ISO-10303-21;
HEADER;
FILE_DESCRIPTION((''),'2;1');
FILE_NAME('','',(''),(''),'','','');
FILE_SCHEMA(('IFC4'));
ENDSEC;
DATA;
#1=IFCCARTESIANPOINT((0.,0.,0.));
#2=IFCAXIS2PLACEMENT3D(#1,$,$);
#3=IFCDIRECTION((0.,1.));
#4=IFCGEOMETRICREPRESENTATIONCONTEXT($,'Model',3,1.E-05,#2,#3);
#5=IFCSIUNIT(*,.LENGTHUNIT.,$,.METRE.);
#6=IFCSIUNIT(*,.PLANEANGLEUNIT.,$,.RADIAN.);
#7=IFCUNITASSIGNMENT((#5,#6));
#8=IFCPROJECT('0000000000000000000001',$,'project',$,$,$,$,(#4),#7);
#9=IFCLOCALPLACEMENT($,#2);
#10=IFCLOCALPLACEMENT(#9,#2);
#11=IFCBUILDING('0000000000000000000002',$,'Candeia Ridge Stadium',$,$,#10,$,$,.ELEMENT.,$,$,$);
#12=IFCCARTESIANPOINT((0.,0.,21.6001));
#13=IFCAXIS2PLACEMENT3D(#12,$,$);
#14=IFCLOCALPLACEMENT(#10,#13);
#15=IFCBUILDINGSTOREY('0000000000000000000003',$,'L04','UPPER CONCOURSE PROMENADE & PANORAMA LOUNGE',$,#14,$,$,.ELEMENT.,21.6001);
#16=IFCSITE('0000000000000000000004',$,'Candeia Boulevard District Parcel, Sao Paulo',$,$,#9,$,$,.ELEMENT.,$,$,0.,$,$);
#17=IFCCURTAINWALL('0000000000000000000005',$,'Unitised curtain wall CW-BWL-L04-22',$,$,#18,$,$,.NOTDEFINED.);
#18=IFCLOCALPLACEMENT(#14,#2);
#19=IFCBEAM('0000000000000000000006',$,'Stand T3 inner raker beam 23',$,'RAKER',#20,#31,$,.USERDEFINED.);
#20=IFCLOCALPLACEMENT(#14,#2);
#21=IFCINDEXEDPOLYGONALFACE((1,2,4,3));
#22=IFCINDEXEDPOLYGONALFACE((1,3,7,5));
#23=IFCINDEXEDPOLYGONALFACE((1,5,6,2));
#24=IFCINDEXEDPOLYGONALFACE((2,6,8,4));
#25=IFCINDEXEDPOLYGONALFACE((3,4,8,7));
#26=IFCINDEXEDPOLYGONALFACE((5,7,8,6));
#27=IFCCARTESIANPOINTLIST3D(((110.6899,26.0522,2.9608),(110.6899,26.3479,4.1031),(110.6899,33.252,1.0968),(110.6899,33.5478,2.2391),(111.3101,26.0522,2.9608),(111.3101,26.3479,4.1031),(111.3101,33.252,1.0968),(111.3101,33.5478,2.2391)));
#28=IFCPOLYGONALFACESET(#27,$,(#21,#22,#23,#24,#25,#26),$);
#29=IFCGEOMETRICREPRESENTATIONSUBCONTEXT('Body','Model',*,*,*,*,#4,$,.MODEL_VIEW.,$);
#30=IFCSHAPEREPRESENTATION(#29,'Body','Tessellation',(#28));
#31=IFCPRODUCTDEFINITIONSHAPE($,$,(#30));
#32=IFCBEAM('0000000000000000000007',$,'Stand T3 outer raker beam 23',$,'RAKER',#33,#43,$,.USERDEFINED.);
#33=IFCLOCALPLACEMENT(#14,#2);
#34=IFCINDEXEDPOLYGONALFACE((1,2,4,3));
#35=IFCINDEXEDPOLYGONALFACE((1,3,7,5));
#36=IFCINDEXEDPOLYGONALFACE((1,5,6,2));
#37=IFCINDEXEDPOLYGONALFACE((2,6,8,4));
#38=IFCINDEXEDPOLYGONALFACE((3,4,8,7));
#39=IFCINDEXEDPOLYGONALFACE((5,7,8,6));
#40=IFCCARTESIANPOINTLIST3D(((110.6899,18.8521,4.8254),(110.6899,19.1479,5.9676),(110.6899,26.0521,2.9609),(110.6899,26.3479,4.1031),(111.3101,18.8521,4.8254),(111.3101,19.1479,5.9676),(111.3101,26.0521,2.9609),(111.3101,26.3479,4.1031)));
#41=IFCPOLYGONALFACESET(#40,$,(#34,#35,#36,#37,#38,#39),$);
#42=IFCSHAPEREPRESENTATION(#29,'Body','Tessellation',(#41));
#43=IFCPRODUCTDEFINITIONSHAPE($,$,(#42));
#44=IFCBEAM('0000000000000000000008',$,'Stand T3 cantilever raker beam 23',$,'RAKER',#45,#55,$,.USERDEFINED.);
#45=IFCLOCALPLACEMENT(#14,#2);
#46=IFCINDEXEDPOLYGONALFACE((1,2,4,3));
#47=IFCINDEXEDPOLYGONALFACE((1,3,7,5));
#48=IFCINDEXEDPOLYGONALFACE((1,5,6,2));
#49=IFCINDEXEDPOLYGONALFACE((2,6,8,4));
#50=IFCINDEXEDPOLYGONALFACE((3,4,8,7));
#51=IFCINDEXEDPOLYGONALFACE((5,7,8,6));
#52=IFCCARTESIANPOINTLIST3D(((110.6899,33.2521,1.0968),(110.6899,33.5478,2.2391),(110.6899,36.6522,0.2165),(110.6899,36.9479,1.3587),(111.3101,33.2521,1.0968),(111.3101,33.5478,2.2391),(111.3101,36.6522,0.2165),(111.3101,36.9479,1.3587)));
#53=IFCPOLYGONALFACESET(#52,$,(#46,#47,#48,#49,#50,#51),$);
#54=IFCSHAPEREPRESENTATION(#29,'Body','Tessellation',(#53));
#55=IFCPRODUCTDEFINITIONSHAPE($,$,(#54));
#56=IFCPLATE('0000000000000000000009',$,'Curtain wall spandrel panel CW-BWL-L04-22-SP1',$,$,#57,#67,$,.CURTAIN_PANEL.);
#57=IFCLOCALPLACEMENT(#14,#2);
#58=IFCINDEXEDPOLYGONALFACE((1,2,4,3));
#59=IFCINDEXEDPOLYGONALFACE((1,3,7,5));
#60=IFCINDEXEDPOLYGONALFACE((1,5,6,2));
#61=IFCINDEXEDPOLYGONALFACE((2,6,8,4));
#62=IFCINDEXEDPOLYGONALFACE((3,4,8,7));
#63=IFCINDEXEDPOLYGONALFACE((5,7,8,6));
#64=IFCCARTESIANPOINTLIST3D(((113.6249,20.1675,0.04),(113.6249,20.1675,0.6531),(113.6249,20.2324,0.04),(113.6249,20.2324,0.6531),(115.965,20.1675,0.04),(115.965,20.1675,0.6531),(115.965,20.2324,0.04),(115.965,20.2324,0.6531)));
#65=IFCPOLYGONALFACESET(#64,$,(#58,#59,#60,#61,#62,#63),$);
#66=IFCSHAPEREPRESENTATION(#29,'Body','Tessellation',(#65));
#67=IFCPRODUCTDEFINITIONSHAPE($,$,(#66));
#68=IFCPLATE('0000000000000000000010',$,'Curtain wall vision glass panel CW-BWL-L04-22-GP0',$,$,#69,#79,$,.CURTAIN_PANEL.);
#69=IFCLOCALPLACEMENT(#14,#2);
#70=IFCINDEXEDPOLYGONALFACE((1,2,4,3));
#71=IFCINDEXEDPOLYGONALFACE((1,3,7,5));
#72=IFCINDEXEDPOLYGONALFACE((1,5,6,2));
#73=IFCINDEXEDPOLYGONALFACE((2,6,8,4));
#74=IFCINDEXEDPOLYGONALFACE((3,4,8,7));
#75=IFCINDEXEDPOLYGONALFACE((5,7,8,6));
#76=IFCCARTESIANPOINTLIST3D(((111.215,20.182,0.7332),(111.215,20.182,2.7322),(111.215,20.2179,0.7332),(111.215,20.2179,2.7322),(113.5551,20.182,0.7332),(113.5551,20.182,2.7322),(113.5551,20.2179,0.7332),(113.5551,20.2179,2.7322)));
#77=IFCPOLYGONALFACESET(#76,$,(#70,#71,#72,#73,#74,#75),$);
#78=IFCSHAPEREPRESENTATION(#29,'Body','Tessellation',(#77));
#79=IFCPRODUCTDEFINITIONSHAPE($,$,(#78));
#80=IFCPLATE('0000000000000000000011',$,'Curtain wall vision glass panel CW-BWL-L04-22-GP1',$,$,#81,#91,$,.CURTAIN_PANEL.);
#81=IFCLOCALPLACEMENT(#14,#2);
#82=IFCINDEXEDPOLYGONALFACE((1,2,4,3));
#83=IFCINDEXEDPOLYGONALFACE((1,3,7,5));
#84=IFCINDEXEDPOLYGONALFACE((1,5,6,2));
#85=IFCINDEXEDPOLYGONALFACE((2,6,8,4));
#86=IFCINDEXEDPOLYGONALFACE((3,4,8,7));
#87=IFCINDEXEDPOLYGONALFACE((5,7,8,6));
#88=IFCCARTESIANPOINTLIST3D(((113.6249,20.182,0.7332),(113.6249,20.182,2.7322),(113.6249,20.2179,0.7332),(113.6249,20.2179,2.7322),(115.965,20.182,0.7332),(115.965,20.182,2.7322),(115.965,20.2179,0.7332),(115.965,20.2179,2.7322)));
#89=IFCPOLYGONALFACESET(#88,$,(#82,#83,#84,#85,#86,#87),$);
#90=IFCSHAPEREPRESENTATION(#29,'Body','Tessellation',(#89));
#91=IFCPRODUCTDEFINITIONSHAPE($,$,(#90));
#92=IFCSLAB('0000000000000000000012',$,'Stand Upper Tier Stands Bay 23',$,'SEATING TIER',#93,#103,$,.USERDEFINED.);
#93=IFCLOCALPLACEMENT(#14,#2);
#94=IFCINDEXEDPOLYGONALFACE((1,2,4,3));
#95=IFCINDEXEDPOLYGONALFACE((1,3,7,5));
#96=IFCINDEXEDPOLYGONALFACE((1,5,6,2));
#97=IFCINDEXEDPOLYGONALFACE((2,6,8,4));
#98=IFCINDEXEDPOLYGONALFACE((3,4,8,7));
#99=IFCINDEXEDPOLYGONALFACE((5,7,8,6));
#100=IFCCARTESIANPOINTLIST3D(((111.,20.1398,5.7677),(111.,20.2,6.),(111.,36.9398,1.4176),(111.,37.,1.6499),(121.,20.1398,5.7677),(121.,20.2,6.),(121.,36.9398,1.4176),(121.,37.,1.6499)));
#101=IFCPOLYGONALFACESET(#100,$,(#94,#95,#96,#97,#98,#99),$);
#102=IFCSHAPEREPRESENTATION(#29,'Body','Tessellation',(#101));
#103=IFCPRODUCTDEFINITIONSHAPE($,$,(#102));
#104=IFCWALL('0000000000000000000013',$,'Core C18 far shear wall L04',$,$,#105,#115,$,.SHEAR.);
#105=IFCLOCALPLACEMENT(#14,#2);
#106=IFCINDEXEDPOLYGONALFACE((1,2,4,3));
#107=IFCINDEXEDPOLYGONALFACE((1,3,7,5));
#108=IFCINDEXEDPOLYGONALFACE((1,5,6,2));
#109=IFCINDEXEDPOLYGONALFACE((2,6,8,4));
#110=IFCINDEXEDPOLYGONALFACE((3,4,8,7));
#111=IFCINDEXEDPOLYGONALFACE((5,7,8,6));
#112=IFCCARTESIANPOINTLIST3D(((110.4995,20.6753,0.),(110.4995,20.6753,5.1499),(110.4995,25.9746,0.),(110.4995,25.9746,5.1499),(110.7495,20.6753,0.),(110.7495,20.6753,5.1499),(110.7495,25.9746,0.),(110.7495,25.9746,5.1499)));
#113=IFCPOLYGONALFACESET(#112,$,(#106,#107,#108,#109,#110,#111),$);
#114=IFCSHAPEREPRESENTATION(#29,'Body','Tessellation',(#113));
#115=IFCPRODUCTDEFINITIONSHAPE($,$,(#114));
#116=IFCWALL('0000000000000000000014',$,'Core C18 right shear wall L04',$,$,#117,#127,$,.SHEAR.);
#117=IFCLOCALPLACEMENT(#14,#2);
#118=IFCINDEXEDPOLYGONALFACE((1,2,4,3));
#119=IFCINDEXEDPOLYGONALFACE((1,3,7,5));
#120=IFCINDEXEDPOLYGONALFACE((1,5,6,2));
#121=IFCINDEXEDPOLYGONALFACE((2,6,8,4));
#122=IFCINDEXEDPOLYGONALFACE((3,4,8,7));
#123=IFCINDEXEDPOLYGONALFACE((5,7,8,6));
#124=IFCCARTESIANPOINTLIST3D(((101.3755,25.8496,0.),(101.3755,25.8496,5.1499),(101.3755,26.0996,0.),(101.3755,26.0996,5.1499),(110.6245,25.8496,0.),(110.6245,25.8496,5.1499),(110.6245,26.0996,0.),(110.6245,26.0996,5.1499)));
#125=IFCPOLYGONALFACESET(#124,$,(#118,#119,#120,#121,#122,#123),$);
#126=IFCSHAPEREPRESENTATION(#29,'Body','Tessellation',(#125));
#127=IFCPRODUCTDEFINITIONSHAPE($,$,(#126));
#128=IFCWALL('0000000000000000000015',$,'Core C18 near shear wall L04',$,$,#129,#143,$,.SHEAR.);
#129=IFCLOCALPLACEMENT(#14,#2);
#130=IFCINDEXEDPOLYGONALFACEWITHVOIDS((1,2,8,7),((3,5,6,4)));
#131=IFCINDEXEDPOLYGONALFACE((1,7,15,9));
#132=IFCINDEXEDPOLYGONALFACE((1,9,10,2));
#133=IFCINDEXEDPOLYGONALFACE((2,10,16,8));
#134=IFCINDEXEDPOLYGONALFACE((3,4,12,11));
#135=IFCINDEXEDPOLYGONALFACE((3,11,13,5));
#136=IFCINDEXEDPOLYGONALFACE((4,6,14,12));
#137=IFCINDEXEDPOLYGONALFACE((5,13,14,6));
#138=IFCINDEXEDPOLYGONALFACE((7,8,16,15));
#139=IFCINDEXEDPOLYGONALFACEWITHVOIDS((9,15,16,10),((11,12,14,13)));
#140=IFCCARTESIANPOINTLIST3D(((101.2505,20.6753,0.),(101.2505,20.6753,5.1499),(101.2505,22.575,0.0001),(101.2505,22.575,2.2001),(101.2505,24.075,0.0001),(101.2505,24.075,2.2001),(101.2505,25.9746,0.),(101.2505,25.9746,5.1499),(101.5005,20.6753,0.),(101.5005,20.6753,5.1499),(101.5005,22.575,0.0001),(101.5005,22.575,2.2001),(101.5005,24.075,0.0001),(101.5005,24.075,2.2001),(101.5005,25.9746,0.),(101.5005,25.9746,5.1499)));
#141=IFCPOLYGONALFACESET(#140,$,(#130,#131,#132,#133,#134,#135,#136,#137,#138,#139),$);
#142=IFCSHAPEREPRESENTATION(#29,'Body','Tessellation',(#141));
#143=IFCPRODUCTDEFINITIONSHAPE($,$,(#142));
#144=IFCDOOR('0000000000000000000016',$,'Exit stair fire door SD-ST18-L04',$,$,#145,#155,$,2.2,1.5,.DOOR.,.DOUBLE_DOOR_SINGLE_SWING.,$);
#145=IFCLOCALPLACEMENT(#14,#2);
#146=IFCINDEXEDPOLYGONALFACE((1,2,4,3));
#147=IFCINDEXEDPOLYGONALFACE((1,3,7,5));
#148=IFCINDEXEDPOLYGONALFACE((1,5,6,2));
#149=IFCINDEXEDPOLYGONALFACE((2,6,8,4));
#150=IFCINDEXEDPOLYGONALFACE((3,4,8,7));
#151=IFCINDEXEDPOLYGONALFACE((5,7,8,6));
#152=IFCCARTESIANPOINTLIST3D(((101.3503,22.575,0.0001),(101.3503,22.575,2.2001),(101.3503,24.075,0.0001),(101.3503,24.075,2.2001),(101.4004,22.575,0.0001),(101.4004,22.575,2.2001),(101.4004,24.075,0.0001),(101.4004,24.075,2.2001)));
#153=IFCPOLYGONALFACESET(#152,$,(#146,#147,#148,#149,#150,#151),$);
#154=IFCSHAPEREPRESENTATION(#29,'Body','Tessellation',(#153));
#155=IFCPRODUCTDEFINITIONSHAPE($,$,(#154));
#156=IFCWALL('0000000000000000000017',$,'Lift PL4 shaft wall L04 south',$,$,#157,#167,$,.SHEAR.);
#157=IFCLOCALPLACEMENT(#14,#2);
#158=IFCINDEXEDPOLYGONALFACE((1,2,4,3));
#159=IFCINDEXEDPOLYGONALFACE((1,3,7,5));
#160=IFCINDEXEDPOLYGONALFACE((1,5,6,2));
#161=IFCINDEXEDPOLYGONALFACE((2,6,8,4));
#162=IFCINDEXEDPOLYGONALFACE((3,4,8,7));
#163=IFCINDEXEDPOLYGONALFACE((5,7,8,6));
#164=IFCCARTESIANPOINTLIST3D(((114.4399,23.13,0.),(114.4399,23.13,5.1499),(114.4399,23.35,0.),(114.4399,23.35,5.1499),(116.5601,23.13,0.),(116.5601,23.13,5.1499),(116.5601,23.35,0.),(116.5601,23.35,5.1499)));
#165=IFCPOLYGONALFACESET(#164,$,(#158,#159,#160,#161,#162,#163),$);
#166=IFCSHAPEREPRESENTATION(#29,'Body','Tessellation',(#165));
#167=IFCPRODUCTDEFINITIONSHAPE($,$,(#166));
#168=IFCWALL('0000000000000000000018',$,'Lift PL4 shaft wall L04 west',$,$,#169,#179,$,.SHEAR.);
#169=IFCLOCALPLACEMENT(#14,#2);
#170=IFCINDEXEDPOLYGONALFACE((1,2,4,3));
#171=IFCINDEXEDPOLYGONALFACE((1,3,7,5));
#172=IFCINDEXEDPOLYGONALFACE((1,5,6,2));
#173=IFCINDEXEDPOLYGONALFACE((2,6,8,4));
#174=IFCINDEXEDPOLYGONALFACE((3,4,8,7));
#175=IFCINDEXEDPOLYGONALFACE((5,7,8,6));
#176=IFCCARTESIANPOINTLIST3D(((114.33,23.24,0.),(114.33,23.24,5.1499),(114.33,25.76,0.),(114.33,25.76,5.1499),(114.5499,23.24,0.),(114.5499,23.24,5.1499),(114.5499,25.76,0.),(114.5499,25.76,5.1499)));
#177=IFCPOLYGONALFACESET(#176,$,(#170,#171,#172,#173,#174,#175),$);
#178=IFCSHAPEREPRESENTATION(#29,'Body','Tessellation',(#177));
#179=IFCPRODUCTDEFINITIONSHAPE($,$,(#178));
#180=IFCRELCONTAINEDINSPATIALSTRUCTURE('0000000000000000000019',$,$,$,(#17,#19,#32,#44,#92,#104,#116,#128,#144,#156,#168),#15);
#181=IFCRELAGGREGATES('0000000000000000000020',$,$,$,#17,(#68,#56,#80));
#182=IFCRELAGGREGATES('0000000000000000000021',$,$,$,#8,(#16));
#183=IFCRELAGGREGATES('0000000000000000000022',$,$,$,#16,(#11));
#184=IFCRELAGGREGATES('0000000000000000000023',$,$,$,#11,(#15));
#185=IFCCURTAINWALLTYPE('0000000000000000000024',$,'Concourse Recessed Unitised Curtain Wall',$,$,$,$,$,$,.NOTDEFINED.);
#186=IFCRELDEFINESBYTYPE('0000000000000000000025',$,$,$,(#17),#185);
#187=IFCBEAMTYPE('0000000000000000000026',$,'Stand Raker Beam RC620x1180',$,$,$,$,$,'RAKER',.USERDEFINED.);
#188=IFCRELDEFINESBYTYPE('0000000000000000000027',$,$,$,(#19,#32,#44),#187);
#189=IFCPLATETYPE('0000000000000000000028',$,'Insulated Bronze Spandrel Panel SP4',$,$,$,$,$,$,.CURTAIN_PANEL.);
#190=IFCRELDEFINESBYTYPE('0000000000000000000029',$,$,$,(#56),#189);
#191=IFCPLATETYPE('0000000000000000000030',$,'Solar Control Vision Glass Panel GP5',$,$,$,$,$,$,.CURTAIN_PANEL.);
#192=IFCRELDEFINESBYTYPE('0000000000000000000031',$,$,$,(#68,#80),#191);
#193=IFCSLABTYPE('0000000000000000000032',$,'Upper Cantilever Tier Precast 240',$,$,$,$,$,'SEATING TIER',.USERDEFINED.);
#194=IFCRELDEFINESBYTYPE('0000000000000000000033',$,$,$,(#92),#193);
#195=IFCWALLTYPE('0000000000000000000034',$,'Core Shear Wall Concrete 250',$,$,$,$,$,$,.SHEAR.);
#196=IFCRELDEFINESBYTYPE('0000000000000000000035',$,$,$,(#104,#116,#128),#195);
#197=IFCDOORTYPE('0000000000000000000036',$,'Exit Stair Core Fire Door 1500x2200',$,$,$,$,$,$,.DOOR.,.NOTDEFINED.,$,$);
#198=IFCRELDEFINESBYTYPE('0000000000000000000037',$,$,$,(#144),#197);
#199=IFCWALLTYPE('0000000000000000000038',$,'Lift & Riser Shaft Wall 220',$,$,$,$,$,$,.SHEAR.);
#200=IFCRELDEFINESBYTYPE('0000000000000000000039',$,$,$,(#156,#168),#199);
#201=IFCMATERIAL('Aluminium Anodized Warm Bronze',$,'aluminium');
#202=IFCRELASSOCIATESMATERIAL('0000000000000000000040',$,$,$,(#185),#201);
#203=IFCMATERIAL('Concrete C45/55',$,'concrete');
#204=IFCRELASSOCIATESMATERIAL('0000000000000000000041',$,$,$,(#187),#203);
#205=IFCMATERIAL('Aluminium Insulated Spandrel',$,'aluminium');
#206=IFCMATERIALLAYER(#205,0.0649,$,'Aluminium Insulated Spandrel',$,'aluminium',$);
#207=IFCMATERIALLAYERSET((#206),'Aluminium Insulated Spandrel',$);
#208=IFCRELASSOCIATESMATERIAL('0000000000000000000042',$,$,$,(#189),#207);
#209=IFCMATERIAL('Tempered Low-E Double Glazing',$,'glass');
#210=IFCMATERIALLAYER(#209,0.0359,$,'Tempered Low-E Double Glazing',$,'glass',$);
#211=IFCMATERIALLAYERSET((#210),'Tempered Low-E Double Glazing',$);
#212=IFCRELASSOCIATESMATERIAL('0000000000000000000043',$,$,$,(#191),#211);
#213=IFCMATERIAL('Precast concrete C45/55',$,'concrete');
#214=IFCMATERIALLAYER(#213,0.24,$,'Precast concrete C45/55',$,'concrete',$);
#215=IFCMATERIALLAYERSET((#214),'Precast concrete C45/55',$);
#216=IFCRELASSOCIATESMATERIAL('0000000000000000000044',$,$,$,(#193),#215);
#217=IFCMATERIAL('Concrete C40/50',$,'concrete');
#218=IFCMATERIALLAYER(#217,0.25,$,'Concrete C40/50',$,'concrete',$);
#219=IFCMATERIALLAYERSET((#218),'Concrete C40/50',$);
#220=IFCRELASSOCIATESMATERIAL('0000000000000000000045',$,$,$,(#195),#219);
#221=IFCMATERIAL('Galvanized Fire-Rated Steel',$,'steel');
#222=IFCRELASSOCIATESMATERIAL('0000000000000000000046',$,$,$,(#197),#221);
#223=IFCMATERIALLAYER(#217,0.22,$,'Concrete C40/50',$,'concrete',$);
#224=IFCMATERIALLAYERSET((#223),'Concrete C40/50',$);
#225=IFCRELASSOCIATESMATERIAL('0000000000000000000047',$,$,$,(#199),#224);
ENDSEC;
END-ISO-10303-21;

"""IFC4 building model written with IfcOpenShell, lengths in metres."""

from ifc_helpers import new_model, si_unit, direction, frame, frame_2d, origin, origin_2d, place, context, subcontext, project, spatial, polyline, rectangle, outline, extrude, material, layer, layer_set, material_profile, profile_set, type_object, element, fill, aggregate, save


model = new_model("IFC4")

# Units and contexts
model_context = context("Model", 3, precision=1e-05, world=origin(), true_north=direction((0.0, 1.0)))
body_context = subcontext(model_context, "Body", "Model", "MODEL_VIEW")
ifc_project = project(units=[si_unit("LENGTHUNIT", "METRE"), si_unit("PLANEANGLEUNIT", "RADIAN")], contexts=[model_context])

# Site, building, storey
site_placement = place(None, origin())
site = spatial("IfcSite", under=ifc_project, at=site_placement, Name="Candeia Boulevard District Parcel, Sao Paulo", CompositionType="ELEMENT", RefElevation=0.0)
building_placement = place(site_placement, origin())
building = spatial("IfcBuilding", under=site, at=building_placement, Name="Candeia Ridge Stadium", CompositionType="ELEMENT")
storey_placement = place(building_placement, frame((0.0, 0.0, 21.6001)))
storey = spatial("IfcBuildingStorey", under=building, at=storey_placement, Name="L04", Description="UPPER CONCOURSE PROMENADE & PANORAMA LOUNGE", CompositionType="ELEMENT", Elevation=21.6001)

# Shared definitions
ifc_material_1 = material(Name="Concrete C45/55", Category="concrete")
ifc_material_2 = material(Name="Concrete C40/50", Category="concrete")

# Curtain wall
ifc_material_3 = material(Name="Aluminium Anodized Warm Bronze", Category="aluminium")
curtain_wall_type = type_object("IfcCurtainWallType", Name="Concourse Recessed Unitised Curtain Wall", PredefinedType="NOTDEFINED", material=ifc_material_3)
curtain_wall_placement = place(storey_placement, origin())
curtain_wall = element("IfcCurtainWall", 1, at=curtain_wall_placement, inside=storey, type_object=curtain_wall_type, Name="Unitised curtain wall CW-BWL-L04-22", PredefinedType="NOTDEFINED")

# Beams
ifc_material_profile_1 = material_profile(ifc_material_1, rectangle(XDim=0.6201, YDim=1.1799, at=origin_2d()), Name="RC620x1180", Category="concrete")
ifc_profile_set_1 = profile_set([ifc_material_profile_1], Name="Concrete C45/55")
beam_type_1 = type_object("IfcBeamType", Name="Stand Raker Beam RC620x1180", ElementType="RAKER", PredefinedType="USERDEFINED", material=ifc_profile_set_1)
beam_1_placement = place(storey_placement, frame((111.0, 33.3999, 1.668), z_axis=(0.0, -0.968083, 0.250629), x_axis=(1.0, 0.0, 0.0)))
element("IfcBeam", 2, at=beam_1_placement, inside=storey, type_object=beam_type_1, Name="Stand T3 inner raker beam 23", ObjectType="RAKER", PredefinedType="USERDEFINED", context=body_context, shape_type="SweptSolid", body=[
    extrude(rectangle(XDim=0.6201, YDim=1.1799, at=origin_2d()), origin(), (0.0, 0.0, 1.0), 7.4373),
])
beam_2_placement = place(storey_placement, frame((111.0, 26.2, 3.532), z_axis=(0.0, -0.968067, 0.250691), x_axis=(1.0, 0.0, 0.0)))
element("IfcBeam", 3, at=beam_2_placement, inside=storey, type_object=beam_type_1, Name="Stand T3 outer raker beam 23", ObjectType="RAKER", PredefinedType="USERDEFINED", context=body_context, shape_type="SweptSolid", body=[
    extrude(rectangle(XDim=0.6201, YDim=1.1799, at=origin_2d()), origin(), (0.0, 0.0, 1.0), 7.4375),
])
beam_3_placement = place(storey_placement, frame((111.0, 36.8, 0.7876), z_axis=(0.0, -0.968076, 0.250656), x_axis=(1.0, 0.0, 0.0)))
element("IfcBeam", 4, at=beam_3_placement, inside=storey, type_object=beam_type_1, Name="Stand T3 cantilever raker beam 23", ObjectType="RAKER", PredefinedType="USERDEFINED", context=body_context, shape_type="SweptSolid", body=[
    extrude(rectangle(XDim=0.6201, YDim=1.1799, at=origin_2d()), origin(), (0.0, 0.0, 1.0), 3.5122),
])

# Plates
ifc_material_4 = material(Name="Aluminium Insulated Spandrel", Category="aluminium")
ifc_layer_1 = layer(ifc_material_4, 0.0649, Name="Aluminium Insulated Spandrel", Category="aluminium")
ifc_layer_set_1 = layer_set([ifc_layer_1], Name="Aluminium Insulated Spandrel")
plate_type_1 = type_object("IfcPlateType", Name="Insulated Bronze Spandrel Panel SP4", PredefinedType="CURTAIN_PANEL", material=ifc_layer_set_1)
plate_1_placement = place(storey_placement, frame((114.7949, 20.2, 0.04), z_axis=(0.0, 0.0, 1.0), x_axis=(1.0, 0.0, 0.0)))
plate_1 = element("IfcPlate", 5, at=plate_1_placement, type_object=plate_type_1, Name="Curtain wall spandrel panel CW-BWL-L04-22-SP1", PredefinedType="CURTAIN_PANEL", context=body_context, shape_type="SweptSolid", body=[
    extrude(rectangle(XDim=2.3401, YDim=0.0649, at=origin_2d()), origin(), (0.0, 0.0, 1.0), 0.613),
])
ifc_material_5 = material(Name="Tempered Low-E Double Glazing", Category="glass")
ifc_layer_2 = layer(ifc_material_5, 0.0359, Name="Tempered Low-E Double Glazing", Category="glass")
ifc_layer_set_2 = layer_set([ifc_layer_2], Name="Tempered Low-E Double Glazing")
plate_type_2 = type_object("IfcPlateType", Name="Solar Control Vision Glass Panel GP5", PredefinedType="CURTAIN_PANEL", material=ifc_layer_set_2)
plate_2_placement = place(storey_placement, frame((112.385, 20.2, 0.7332), z_axis=(0.0, 0.0, 1.0), x_axis=(1.0, 0.0, 0.0)))
plate_2 = element("IfcPlate", 6, at=plate_2_placement, type_object=plate_type_2, Name="Curtain wall vision glass panel CW-BWL-L04-22-GP0", PredefinedType="CURTAIN_PANEL", context=body_context, shape_type="SweptSolid", body=[
    extrude(rectangle(XDim=2.3401, YDim=0.0359, at=origin_2d()), origin(), (0.0, 0.0, 1.0), 1.999),
])
plate_3_placement = place(storey_placement, frame((114.7949, 20.2, 0.7332), z_axis=(0.0, 0.0, 1.0), x_axis=(1.0, 0.0, 0.0)))
plate_3 = element("IfcPlate", 7, at=plate_3_placement, type_object=plate_type_2, Name="Curtain wall vision glass panel CW-BWL-L04-22-GP1", PredefinedType="CURTAIN_PANEL", context=body_context, shape_type="SweptSolid", body=[
    extrude(rectangle(XDim=2.3401, YDim=0.0359, at=origin_2d()), origin(), (0.0, 0.0, 1.0), 1.999),
])
aggregate(curtain_wall, [plate_2, plate_1, plate_3])

# Slab
ifc_material_6 = material(Name="Precast concrete C45/55", Category="concrete")
ifc_layer_3 = layer(ifc_material_6, 0.24, Name="Precast concrete C45/55", Category="concrete")
ifc_layer_set_3 = layer_set([ifc_layer_3], Name="Precast concrete C45/55")
slab_type = type_object("IfcSlabType", Name="Upper Cantilever Tier Precast 240", ElementType="SEATING TIER", PredefinedType="USERDEFINED", material=ifc_layer_set_3)
slab_placement = place(storey_placement, frame((111.0, 37.0, 1.6499), z_axis=(0.0, 0.250667, 0.968073), x_axis=(1.0, 0.0, 0.0)))
element("IfcSlab", 8, at=slab_placement, inside=storey, type_object=slab_type, Name="Stand Upper Tier Stands Bay 23", ObjectType="SEATING TIER", PredefinedType="USERDEFINED", context=body_context, shape_type="SweptSolid", body=[
    extrude(outline(polyline([(0.0, 0.0), (10.0, 0.0), (10.0, -17.3541), (0.0, -17.3541), (0.0, 0.0)])), origin(), (0.0, 0.0, -1.0), 0.24),
])

# Walls
ifc_layer_4 = layer(ifc_material_2, 0.25, Name="Concrete C40/50", Category="concrete")
ifc_layer_set_4 = layer_set([ifc_layer_4], Name="Concrete C40/50")
wall_type_1 = type_object("IfcWallType", Name="Core Shear Wall Concrete 250", PredefinedType="SHEAR", material=ifc_layer_set_4)
wall_1_placement = place(storey_placement, frame((110.6245, 20.6753, 0.0), z_axis=(0.0, 0.0, 1.0), x_axis=(0.0, 1.0, 0.0)))
element("IfcWall", 9, at=wall_1_placement, inside=storey, type_object=wall_type_1, Name="Core C18 far shear wall L04", PredefinedType="SHEAR", context=body_context, shape_type="SweptSolid", body=[
    extrude(rectangle(XDim=5.2993, YDim=0.25, at=frame_2d((2.6497, 0.0))), origin(), (0.0, 0.0, 1.0), 5.1499),
])
wall_2_placement = place(storey_placement, frame((110.6245, 25.9746, 0.0), z_axis=(0.0, 0.0, 1.0), x_axis=(-1.0, 0.0, 0.0)))
element("IfcWall", 10, at=wall_2_placement, inside=storey, type_object=wall_type_1, Name="Core C18 right shear wall L04", PredefinedType="SHEAR", context=body_context, shape_type="SweptSolid", body=[
    extrude(rectangle(XDim=9.249, YDim=0.25, at=frame_2d((4.6245, 0.0))), origin(), (0.0, 0.0, 1.0), 5.1499),
])

# Wall, opening, door
wall_3_placement = place(storey_placement, frame((101.3755, 25.9746, 0.0), z_axis=(0.0, 0.0, 1.0), x_axis=(0.0, -1.0, 0.0)))
wall_3 = element("IfcWall", 11, at=wall_3_placement, inside=storey, type_object=wall_type_1, Name="Core C18 near shear wall L04", PredefinedType="SHEAR", context=body_context, shape_type="SweptSolid", body=[
    extrude(rectangle(XDim=5.2993, YDim=0.25, at=frame_2d((2.6497, 0.0))), origin(), (0.0, 0.0, 1.0), 5.1499),
])
opening_placement = place(wall_3_placement, frame((1.8997, 0.0, 0.0)))
opening = element("IfcOpeningElement", 12, at=opening_placement, cuts=wall_3, PredefinedType="OPENING", context=body_context, shape_type="SweptSolid", body=[
    extrude(rectangle(XDim=1.5, YDim=2.2, at=frame_2d((0.75, 1.1001))), frame((0.0, 0.135, 0.0), z_axis=(0.0, -1.0, 0.0), x_axis=(1.0, 0.0, 0.0)), (0.0, 0.0, 1.0), 0.27),
])
ifc_material_7 = material(Name="Galvanized Fire-Rated Steel", Category="steel")
door_type = type_object("IfcDoorType", Name="Exit Stair Core Fire Door 1500x2200", OperationType="NOTDEFINED", PredefinedType="DOOR", material=ifc_material_7)
door_placement = place(opening_placement, origin())
door = element("IfcDoor", 13, at=door_placement, inside=storey, type_object=door_type, Name="Exit stair fire door SD-ST18-L04", OperationType="DOUBLE_DOOR_SINGLE_SWING", OverallHeight=2.2, OverallWidth=1.5, PredefinedType="DOOR", context=body_context, shape_type="SweptSolid", body=[
    extrude(rectangle(XDim=1.5, YDim=2.2, at=frame_2d((0.75, 1.1001))), frame((0.0, 0.0249, 0.0), z_axis=(0.0, -1.0, 0.0), x_axis=(1.0, 0.0, 0.0)), (0.0, 0.0, 1.0), 0.05),
])
fill(opening, door)

# Walls
ifc_layer_5 = layer(ifc_material_2, 0.22, Name="Concrete C40/50", Category="concrete")
ifc_layer_set_5 = layer_set([ifc_layer_5], Name="Concrete C40/50")
wall_type_2 = type_object("IfcWallType", Name="Lift & Riser Shaft Wall 220", PredefinedType="SHEAR", material=ifc_layer_set_5)
wall_4_placement = place(storey_placement, frame((114.4399, 23.24, 0.0), z_axis=(0.0, 0.0, 1.0), x_axis=(1.0, 0.0, 0.0)))
element("IfcWall", 14, at=wall_4_placement, inside=storey, type_object=wall_type_2, Name="Lift PL4 shaft wall L04 south", PredefinedType="SHEAR", context=body_context, shape_type="SweptSolid", body=[
    extrude(rectangle(XDim=2.1201, YDim=0.22, at=frame_2d((1.0601, 0.0))), origin(), (0.0, 0.0, 1.0), 5.1499),
])
wall_5_placement = place(storey_placement, frame((114.4399, 25.76, 0.0), z_axis=(0.0, 0.0, 1.0), x_axis=(0.0, -1.0, 0.0)))
element("IfcWall", 15, at=wall_5_placement, inside=storey, type_object=wall_type_2, Name="Lift PL4 shaft wall L04 west", PredefinedType="SHEAR", context=body_context, shape_type="SweptSolid", body=[
    extrude(rectangle(XDim=2.52, YDim=0.22, at=frame_2d((1.26, 0.0))), origin(), (0.0, 0.0, 1.0), 5.1499),
])

save(model, "model.ifc")
